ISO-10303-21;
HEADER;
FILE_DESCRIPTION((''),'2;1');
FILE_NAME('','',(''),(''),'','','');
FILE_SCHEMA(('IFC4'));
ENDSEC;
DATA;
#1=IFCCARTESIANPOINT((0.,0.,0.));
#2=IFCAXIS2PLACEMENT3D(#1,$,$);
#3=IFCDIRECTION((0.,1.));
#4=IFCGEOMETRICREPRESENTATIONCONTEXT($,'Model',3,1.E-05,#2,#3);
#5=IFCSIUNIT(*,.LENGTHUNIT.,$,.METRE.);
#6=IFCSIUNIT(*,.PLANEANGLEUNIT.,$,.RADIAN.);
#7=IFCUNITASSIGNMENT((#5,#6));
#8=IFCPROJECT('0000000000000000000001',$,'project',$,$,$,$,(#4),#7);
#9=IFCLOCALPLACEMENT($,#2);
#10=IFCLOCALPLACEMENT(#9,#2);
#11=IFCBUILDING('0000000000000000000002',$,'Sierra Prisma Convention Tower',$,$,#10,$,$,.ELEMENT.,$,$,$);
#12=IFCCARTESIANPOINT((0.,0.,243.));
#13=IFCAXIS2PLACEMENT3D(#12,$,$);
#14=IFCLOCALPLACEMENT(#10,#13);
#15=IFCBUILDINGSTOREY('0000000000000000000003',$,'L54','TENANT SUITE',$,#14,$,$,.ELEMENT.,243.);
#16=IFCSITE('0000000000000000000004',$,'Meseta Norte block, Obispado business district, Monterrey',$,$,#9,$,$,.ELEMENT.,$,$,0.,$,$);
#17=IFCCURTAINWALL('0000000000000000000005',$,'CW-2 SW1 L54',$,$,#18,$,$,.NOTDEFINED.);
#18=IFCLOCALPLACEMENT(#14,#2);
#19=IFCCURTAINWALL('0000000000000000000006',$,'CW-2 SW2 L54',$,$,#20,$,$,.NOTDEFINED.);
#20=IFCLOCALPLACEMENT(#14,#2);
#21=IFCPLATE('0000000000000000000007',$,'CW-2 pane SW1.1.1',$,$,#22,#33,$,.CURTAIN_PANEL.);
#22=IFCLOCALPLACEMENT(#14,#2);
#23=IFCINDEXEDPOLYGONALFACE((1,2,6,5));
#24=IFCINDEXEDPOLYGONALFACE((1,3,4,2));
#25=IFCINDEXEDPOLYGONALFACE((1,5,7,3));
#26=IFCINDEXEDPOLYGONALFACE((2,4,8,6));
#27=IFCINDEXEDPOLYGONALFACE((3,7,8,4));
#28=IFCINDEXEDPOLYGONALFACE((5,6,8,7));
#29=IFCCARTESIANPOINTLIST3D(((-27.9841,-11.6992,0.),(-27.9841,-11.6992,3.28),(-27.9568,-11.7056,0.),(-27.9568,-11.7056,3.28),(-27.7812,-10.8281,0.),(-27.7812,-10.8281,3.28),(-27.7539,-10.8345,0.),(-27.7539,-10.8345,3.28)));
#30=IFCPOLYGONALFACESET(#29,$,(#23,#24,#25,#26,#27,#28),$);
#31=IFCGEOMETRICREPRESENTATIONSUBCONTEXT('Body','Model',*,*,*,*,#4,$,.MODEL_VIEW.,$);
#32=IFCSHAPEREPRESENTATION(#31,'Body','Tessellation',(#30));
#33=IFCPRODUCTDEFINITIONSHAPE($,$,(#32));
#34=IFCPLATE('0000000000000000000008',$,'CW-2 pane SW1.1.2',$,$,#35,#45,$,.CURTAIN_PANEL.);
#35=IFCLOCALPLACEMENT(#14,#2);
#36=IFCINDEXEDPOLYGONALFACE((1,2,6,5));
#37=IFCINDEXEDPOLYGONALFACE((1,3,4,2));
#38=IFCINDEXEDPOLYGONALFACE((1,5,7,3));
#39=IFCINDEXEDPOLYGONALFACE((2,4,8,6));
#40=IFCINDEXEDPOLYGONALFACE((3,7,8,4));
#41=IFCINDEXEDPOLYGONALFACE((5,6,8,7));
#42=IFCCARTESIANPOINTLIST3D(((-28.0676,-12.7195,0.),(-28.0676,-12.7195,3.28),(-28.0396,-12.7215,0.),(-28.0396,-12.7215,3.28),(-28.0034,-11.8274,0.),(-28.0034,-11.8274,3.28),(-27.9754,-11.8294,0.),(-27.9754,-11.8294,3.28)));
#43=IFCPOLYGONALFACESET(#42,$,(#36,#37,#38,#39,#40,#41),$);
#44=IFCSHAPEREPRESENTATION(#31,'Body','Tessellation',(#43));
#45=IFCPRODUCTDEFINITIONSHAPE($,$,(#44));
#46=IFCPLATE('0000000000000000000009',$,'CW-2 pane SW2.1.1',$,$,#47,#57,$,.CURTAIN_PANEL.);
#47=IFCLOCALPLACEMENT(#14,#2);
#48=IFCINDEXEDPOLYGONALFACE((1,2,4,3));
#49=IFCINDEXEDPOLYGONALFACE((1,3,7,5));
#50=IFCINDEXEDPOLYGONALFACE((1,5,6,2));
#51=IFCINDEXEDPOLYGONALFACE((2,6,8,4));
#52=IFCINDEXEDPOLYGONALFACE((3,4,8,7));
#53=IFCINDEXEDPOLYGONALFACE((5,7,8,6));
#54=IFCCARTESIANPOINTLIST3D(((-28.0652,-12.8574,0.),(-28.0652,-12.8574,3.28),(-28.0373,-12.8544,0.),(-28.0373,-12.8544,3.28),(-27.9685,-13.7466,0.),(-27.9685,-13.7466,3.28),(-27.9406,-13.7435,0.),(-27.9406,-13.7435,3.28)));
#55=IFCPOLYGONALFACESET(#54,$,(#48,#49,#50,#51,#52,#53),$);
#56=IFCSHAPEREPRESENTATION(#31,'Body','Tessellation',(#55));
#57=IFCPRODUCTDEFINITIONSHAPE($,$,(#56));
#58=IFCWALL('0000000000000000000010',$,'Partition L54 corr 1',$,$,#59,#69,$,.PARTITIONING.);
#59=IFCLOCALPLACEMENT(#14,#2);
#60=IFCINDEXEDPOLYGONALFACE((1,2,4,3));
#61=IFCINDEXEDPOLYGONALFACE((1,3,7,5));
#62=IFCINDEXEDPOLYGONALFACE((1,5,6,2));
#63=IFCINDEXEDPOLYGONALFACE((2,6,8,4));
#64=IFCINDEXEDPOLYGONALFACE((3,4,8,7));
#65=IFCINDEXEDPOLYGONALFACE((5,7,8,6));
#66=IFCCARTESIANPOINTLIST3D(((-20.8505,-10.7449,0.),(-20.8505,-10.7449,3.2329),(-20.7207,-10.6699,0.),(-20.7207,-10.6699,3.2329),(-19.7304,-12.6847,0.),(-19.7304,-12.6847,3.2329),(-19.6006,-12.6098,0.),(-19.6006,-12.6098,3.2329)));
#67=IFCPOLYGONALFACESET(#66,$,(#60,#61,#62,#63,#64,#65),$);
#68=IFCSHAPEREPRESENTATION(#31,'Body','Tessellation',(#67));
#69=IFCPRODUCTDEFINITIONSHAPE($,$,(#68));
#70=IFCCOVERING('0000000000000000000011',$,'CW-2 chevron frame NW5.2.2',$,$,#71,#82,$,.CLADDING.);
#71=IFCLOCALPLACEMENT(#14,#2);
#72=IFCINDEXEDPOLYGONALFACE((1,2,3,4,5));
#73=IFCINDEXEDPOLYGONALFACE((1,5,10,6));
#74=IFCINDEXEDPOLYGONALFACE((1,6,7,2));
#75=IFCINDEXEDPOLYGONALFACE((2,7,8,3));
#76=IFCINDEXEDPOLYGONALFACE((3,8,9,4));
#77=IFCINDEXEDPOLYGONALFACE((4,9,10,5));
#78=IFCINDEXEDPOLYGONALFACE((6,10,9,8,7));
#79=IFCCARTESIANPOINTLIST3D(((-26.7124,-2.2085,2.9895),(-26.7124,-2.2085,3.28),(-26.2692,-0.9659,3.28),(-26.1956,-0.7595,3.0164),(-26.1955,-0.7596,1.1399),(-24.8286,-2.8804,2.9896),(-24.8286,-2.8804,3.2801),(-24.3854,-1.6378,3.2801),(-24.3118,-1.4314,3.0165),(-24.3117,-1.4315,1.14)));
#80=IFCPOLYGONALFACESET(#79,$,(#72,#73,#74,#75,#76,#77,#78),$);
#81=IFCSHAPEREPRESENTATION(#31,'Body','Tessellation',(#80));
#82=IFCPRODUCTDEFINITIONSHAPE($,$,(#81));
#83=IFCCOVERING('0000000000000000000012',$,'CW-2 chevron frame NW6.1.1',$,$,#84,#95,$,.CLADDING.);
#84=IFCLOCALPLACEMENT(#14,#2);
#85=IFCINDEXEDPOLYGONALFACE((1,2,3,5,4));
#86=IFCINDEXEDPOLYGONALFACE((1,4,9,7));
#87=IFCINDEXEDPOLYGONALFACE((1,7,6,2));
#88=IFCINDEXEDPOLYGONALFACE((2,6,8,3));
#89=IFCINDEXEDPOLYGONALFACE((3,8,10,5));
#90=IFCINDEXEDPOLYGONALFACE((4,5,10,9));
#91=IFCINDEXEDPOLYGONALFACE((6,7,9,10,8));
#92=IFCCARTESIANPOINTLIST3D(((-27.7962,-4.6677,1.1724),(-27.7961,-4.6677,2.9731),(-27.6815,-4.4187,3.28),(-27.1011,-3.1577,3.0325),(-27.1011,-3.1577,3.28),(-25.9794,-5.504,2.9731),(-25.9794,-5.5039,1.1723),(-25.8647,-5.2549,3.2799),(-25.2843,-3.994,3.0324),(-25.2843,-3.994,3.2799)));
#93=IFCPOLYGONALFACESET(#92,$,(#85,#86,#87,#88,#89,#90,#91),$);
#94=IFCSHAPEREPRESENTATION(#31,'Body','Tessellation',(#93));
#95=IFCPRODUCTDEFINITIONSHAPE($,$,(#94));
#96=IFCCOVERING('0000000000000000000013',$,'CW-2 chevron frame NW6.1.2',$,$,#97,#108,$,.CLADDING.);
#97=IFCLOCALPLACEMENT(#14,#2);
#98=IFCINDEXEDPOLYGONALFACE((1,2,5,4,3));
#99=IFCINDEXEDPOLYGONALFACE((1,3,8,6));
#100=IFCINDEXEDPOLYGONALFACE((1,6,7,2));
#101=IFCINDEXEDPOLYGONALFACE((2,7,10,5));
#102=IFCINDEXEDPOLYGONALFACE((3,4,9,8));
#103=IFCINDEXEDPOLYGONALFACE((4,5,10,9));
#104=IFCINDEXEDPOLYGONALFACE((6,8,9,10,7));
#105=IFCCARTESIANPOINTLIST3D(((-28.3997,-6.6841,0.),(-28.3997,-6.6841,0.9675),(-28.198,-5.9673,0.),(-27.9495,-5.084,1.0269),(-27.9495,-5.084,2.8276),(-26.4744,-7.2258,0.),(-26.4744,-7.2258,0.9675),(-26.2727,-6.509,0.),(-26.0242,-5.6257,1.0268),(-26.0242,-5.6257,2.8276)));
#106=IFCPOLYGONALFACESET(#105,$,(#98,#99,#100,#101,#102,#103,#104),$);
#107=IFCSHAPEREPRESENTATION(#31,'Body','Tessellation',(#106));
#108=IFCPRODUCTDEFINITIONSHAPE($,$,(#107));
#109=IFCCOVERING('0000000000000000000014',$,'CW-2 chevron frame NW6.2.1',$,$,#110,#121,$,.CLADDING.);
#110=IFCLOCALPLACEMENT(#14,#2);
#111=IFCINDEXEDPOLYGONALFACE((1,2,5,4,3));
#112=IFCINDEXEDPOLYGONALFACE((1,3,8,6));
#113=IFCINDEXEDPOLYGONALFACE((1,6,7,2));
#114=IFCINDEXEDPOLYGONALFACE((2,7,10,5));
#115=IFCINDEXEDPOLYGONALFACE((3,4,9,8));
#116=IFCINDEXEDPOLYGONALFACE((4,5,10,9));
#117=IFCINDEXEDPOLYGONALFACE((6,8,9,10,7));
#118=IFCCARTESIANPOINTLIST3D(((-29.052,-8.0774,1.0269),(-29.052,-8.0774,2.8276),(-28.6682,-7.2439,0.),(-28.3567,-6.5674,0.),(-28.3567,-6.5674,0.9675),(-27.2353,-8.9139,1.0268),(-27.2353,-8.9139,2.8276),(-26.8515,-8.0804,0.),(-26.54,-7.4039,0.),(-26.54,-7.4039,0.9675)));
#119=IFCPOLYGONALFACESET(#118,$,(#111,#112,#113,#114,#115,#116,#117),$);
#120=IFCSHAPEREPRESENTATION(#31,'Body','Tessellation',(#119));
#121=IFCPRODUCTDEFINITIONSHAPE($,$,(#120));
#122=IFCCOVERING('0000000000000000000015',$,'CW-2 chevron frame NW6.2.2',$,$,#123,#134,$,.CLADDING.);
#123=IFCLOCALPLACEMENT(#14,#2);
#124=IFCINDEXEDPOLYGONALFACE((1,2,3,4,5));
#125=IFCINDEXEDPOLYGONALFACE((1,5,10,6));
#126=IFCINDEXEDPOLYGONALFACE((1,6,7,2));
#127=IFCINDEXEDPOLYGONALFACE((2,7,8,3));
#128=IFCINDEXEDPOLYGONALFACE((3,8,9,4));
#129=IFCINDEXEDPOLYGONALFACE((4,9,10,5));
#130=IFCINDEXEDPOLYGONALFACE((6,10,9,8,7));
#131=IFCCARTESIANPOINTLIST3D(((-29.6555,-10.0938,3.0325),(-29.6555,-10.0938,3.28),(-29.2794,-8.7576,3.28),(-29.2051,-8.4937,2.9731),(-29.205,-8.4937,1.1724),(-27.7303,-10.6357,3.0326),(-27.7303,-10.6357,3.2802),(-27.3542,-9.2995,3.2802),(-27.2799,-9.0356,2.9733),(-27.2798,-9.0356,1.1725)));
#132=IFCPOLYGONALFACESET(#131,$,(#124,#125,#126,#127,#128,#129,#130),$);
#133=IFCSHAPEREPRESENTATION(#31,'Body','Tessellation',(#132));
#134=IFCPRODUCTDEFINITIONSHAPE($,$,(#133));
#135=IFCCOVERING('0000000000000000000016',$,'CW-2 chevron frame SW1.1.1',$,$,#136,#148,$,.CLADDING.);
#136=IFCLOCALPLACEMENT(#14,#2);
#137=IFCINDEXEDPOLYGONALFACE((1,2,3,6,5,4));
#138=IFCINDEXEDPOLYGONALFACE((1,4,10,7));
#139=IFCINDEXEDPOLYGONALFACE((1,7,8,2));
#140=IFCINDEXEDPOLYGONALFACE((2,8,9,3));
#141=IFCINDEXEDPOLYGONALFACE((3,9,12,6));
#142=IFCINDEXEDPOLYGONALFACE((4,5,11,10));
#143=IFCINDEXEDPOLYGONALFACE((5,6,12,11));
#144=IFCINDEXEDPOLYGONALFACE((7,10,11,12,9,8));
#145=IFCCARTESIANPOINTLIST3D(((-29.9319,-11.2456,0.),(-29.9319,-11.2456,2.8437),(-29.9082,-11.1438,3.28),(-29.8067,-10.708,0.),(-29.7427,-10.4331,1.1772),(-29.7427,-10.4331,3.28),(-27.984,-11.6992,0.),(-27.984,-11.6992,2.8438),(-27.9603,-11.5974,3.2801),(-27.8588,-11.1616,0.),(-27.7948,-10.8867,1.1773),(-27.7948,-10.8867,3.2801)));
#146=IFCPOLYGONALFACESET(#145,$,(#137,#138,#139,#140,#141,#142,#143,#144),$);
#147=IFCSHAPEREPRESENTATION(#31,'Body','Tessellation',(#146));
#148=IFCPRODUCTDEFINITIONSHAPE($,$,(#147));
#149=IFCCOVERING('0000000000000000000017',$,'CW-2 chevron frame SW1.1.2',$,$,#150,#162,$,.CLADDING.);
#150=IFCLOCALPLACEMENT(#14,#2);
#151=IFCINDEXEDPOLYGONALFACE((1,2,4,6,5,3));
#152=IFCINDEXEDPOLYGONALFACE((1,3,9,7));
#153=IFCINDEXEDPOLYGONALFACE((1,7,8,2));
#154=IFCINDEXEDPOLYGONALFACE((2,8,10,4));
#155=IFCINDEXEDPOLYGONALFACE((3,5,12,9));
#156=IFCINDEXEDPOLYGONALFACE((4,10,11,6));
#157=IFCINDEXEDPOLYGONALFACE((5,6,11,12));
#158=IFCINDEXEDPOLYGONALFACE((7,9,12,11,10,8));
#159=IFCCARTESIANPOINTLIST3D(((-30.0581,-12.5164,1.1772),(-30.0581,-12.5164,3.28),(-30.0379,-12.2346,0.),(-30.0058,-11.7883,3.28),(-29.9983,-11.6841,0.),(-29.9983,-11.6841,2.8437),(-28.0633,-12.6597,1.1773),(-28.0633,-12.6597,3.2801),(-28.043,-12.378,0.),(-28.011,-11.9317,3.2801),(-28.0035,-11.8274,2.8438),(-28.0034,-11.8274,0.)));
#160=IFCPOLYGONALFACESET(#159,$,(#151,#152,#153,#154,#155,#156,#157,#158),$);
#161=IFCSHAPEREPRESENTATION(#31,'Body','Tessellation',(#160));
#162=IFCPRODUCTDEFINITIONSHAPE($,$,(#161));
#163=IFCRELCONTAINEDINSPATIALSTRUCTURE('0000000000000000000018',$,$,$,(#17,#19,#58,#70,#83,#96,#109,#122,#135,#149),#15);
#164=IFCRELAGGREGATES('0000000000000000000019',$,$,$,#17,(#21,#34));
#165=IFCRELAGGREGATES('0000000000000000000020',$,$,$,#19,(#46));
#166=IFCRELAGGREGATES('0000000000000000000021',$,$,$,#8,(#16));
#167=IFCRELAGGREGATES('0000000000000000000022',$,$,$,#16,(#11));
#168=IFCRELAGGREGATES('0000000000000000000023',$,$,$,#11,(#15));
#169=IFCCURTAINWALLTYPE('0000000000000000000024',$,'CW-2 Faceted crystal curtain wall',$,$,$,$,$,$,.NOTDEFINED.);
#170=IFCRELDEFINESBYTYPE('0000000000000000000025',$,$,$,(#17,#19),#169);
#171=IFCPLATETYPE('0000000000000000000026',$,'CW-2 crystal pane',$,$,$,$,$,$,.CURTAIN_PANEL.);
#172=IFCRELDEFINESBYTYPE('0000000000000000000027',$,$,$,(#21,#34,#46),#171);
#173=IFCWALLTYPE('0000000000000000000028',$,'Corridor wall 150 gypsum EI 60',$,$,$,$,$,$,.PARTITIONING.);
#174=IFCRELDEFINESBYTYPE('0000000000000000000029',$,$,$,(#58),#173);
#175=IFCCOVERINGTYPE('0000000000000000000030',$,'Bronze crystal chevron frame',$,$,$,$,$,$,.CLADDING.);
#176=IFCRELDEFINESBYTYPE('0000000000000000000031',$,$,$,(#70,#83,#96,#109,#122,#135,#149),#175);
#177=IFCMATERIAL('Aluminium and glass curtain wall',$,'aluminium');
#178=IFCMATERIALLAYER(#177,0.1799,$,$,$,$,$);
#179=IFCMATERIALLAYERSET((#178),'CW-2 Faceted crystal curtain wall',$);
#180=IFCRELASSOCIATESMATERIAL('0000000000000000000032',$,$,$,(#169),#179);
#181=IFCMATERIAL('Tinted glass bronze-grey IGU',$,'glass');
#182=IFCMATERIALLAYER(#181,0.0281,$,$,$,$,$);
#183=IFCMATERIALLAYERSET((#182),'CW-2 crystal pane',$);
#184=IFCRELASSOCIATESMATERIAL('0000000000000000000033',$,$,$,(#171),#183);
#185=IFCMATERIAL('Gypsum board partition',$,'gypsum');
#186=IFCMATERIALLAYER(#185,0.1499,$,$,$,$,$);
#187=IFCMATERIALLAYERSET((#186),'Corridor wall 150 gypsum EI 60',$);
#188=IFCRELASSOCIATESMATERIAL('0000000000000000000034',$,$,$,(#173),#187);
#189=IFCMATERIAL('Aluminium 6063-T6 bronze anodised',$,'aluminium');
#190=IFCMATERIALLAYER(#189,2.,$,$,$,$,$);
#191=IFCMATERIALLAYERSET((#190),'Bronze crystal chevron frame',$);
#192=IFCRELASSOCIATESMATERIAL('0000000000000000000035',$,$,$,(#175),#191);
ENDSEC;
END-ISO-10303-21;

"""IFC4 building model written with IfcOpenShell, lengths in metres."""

from ifc_helpers import new_model, si_unit, direction, frame, frame_2d, origin, place, context, subcontext, project, spatial, polyline, rectangle, outline, extrude, material, layer, layer_set, type_object, element, aggregate, save


model = new_model("IFC4")

# Units and contexts
model_context = context("Model", 3, precision=1e-05, world=origin(), true_north=direction((0.0, 1.0)))
body_context = subcontext(model_context, "Body", "Model", "MODEL_VIEW")
ifc_project = project(units=[si_unit("LENGTHUNIT", "METRE"), si_unit("PLANEANGLEUNIT", "RADIAN")], contexts=[model_context])

# Site, building, storey
site_placement = place(None, origin())
site = spatial("IfcSite", under=ifc_project, at=site_placement, Name="Meseta Norte block, Obispado business district, Monterrey", CompositionType="ELEMENT", RefElevation=0.0)
building_placement = place(site_placement, origin())
building = spatial("IfcBuilding", under=site, at=building_placement, Name="Sierra Prisma Convention Tower", CompositionType="ELEMENT")
storey_placement = place(building_placement, frame((0.0, 0.0, 243.0)))
storey = spatial("IfcBuildingStorey", under=building, at=storey_placement, Name="L54", Description="TENANT SUITE", CompositionType="ELEMENT", Elevation=243.0)

# Shared definitions
ifc_material_1 = material(Name="Aluminium and glass curtain wall", Category="aluminium")
ifc_layer_1 = layer(ifc_material_1, 0.1799)
ifc_layer_set_1 = layer_set([ifc_layer_1], Name="CW-2 Faceted crystal curtain wall")
curtain_wall_type = type_object("IfcCurtainWallType", Name="CW-2 Faceted crystal curtain wall", PredefinedType="NOTDEFINED", material=ifc_layer_set_1)

# Curtain wall
curtain_wall_1_placement = place(storey_placement, origin())
curtain_wall_1 = element("IfcCurtainWall", 1, at=curtain_wall_1_placement, inside=storey, type_object=curtain_wall_type, Name="CW-2 SW1 L54", PredefinedType="NOTDEFINED")

# Curtain wall
curtain_wall_2_placement = place(storey_placement, origin())
curtain_wall_2 = element("IfcCurtainWall", 2, at=curtain_wall_2_placement, inside=storey, type_object=curtain_wall_type, Name="CW-2 SW2 L54", PredefinedType="NOTDEFINED")

# Plates
ifc_material_2 = material(Name="Tinted glass bronze-grey IGU", Category="glass")
ifc_layer_2 = layer(ifc_material_2, 0.0281)
ifc_layer_set_2 = layer_set([ifc_layer_2], Name="CW-2 crystal pane")
plate_type = type_object("IfcPlateType", Name="CW-2 crystal pane", PredefinedType="CURTAIN_PANEL", material=ifc_layer_set_2)
plate_1_placement = place(storey_placement, frame((-27.7812, -10.8281, 0.0), z_axis=(-0.973934, 0.226833, 0.0), x_axis=(-0.226833, -0.973934, 0.0)))
plate_1 = element("IfcPlate", 3, at=plate_1_placement, type_object=plate_type, Name="CW-2 pane SW1.1.1", PredefinedType="CURTAIN_PANEL", context=body_context, shape_type="SweptSolid", body=[
    extrude(outline(polyline([(0.0, 0.0), (0.8944, 0.0), (0.8944, 3.28), (0.0, 3.28), (0.0, 0.0)])), origin(), (0.0, 0.0, -1.0), 0.0281),
])
plate_2_placement = place(storey_placement, frame((-28.0676, -12.7195, 0.0), z_axis=(-0.99742, 0.07179, 0.0), x_axis=(0.07179, 0.99742, 0.0)))
plate_2 = element("IfcPlate", 4, at=plate_2_placement, type_object=plate_type, Name="CW-2 pane SW1.1.2", PredefinedType="CURTAIN_PANEL", context=body_context, shape_type="SweptSolid", body=[
    extrude(outline(polyline([(0.0, 0.0), (0.8944, 0.0), (0.8944, -3.28), (0.0, -3.28), (0.0, 0.0)])), origin(), (0.0, 0.0, -1.0), 0.0281),
])
aggregate(curtain_wall_1, [plate_1, plate_2])
plate_3_placement = place(storey_placement, frame((-28.0652, -12.8574, 0.0), z_axis=(-0.994141, -0.108094, 0.0), x_axis=(0.108094, -0.994141, 0.0)))
plate_3 = element("IfcPlate", 5, at=plate_3_placement, type_object=plate_type, Name="CW-2 pane SW2.1.1", PredefinedType="CURTAIN_PANEL", context=body_context, shape_type="SweptSolid", body=[
    extrude(outline(polyline([(0.0, 0.0), (0.8944, 0.0), (0.8944, 3.28), (0.0, 3.28), (0.0, 0.0)])), origin(), (0.0, 0.0, -1.0), 0.0281),
])
aggregate(curtain_wall_2, [plate_3])

# Wall
ifc_material_3 = material(Name="Gypsum board partition", Category="gypsum")
ifc_layer_3 = layer(ifc_material_3, 0.1499)
ifc_layer_set_3 = layer_set([ifc_layer_3], Name="Corridor wall 150 gypsum EI 60")
wall_type = type_object("IfcWallType", Name="Corridor wall 150 gypsum EI 60", PredefinedType="PARTITIONING", material=ifc_layer_set_3)
wall_placement = place(storey_placement, frame((-20.7856, -10.7073, 0.0), z_axis=(0.0, 0.0, 1.0), x_axis=(0.500031, -0.866008, 0.0)))
element("IfcWall", 6, at=wall_placement, inside=storey, type_object=wall_type, Name="Partition L54 corr 1", PredefinedType="PARTITIONING", context=body_context, shape_type="SweptSolid", body=[
    extrude(rectangle(XDim=2.24, YDim=0.1499, at=frame_2d((1.1201, 0.0))), origin(), (0.0, 0.0, 1.0), 3.2329),
])

# Coverings
ifc_material_4 = material(Name="Aluminium 6063-T6 bronze anodised", Category="aluminium")
ifc_layer_4 = layer(ifc_material_4, 2.0)
ifc_layer_set_4 = layer_set([ifc_layer_4], Name="Bronze crystal chevron frame")
covering_type = type_object("IfcCoveringType", Name="Bronze crystal chevron frame", PredefinedType="CLADDING", material=ifc_layer_set_4)
covering_1_placement = place(storey_placement, frame((-26.7124, -2.2085, 3.28), z_axis=(-0.941878, 0.335955, -0.000057), x_axis=(0.335955, 0.941878, 0.0)))
element("IfcCovering", 7, at=covering_1_placement, inside=storey, type_object=covering_type, Name="CW-2 chevron frame NW5.2.2", PredefinedType="CLADDING", context=body_context, shape_type="SweptSolid", body=[
    extrude(outline(polyline([(0.0, 0.0), (1.3193, 0.0), (1.5384, 0.2637), (1.5384, 2.1401), (0.0, 0.2905), (0.0, 0.0)])), origin(), (0.0, 0.0, -1.0), 2.0),
])
covering_2_placement = place(storey_placement, frame((-27.1011, -3.1577, 3.28), z_axis=(-0.908388, 0.418128, 0.000047), x_axis=(-0.000043, 0.00002, -1.0)))
element("IfcCovering", 8, at=covering_2_placement, inside=storey, type_object=covering_type, Name="CW-2 chevron frame NW6.1.1", PredefinedType="CLADDING", context=body_context, shape_type="SweptSolid", body=[
    extrude(outline(polyline([(0.0, 0.0), (0.2476, 0.0), (2.1077, 1.6623), (0.3069, 1.6623), (0.0, 1.3881), (0.0, 0.0)])), origin(), (0.0, 0.0, -1.0), 2.0),
])
covering_3_placement = place(storey_placement, frame((-27.9495, -5.084, 2.8276), z_axis=(-0.962625, 0.270837, 0.000004), x_axis=(-0.000004, 0.000001, -1.0)))
element("IfcCovering", 9, at=covering_3_placement, inside=storey, type_object=covering_type, Name="CW-2 chevron frame NW6.1.2", PredefinedType="CLADDING", context=body_context, shape_type="SweptSolid", body=[
    extrude(outline(polyline([(0.0, 0.0), (1.8008, 0.0), (2.8276, 0.9176), (2.8276, 1.6622), (1.8601, 1.6622), (0.0, 0.0)])), origin(), (0.0, 0.0, -1.0), 2.0),
])
covering_4_placement = place(storey_placement, frame((-28.3567, -6.5674, 0.0), z_axis=(-0.908328, 0.418259, 0.000003), x_axis=(-0.418259, -0.908328, 0.0)))
element("IfcCovering", 10, at=covering_4_placement, inside=storey, type_object=covering_type, Name="CW-2 chevron frame NW6.2.1", PredefinedType="CLADDING", context=body_context, shape_type="SweptSolid", body=[
    extrude(outline(polyline([(0.0, 0.0), (0.7448, 0.0), (1.6624, 1.0269), (1.6624, 2.8276), (0.0, 0.9675), (0.0, 0.0)])), origin(), (0.0, 0.0, -1.0), 2.0),
])
covering_5_placement = place(storey_placement, frame((-29.6555, -10.0938, 3.28), z_axis=(-0.96259, 0.270963, -0.00007), x_axis=(0.270963, 0.96259, 0.0)))
element("IfcCovering", 11, at=covering_5_placement, inside=storey, type_object=covering_type, Name="CW-2 chevron frame NW6.2.2", PredefinedType="CLADDING", context=body_context, shape_type="SweptSolid", body=[
    extrude(outline(polyline([(0.0, 0.0), (1.3881, 0.0), (1.6623, 0.3069), (1.6623, 2.1077), (0.0, 0.2476), (0.0, 0.0)])), origin(), (0.0, 0.0, -1.0), 2.0),
])
covering_6_placement = place(storey_placement, frame((-29.7427, -10.4331, 3.28), z_axis=(-0.973937, 0.226818, -0.000013), x_axis=(0.000012, -0.000003, -1.0)))
element("IfcCovering", 12, at=covering_6_placement, inside=storey, type_object=covering_type, Name="CW-2 chevron frame SW1.1.1", PredefinedType="CLADDING", context=body_context, shape_type="SweptSolid", body=[
    extrude(outline(polyline([(0.0, 0.0), (2.1028, 0.0), (3.28, 0.2822), (3.28, 0.8342), (0.4363, 0.8342), (0.0, 0.7297), (0.0, 0.0)])), origin(), (0.0, 0.0, -1.0), 2.0),
])
covering_7_placement = place(storey_placement, frame((-29.9983, -11.6841, 0.0), z_axis=(-0.997428, 0.071674, -0.000015), x_axis=(-0.071674, -0.997428, 0.0)))
element("IfcCovering", 13, at=covering_7_placement, inside=storey, type_object=covering_type, Name="CW-2 chevron frame SW1.1.2", PredefinedType="CLADDING", context=body_context, shape_type="SweptSolid", body=[
    extrude(outline(polyline([(0.0, 0.0), (0.552, 0.0), (0.8344, 1.1772), (0.8344, 3.28), (0.1045, 3.28), (0.0, 2.8437), (0.0, 0.0)])), origin(), (0.0, 0.0, -1.0), 2.0),
])

save(model, "model.ifc")
